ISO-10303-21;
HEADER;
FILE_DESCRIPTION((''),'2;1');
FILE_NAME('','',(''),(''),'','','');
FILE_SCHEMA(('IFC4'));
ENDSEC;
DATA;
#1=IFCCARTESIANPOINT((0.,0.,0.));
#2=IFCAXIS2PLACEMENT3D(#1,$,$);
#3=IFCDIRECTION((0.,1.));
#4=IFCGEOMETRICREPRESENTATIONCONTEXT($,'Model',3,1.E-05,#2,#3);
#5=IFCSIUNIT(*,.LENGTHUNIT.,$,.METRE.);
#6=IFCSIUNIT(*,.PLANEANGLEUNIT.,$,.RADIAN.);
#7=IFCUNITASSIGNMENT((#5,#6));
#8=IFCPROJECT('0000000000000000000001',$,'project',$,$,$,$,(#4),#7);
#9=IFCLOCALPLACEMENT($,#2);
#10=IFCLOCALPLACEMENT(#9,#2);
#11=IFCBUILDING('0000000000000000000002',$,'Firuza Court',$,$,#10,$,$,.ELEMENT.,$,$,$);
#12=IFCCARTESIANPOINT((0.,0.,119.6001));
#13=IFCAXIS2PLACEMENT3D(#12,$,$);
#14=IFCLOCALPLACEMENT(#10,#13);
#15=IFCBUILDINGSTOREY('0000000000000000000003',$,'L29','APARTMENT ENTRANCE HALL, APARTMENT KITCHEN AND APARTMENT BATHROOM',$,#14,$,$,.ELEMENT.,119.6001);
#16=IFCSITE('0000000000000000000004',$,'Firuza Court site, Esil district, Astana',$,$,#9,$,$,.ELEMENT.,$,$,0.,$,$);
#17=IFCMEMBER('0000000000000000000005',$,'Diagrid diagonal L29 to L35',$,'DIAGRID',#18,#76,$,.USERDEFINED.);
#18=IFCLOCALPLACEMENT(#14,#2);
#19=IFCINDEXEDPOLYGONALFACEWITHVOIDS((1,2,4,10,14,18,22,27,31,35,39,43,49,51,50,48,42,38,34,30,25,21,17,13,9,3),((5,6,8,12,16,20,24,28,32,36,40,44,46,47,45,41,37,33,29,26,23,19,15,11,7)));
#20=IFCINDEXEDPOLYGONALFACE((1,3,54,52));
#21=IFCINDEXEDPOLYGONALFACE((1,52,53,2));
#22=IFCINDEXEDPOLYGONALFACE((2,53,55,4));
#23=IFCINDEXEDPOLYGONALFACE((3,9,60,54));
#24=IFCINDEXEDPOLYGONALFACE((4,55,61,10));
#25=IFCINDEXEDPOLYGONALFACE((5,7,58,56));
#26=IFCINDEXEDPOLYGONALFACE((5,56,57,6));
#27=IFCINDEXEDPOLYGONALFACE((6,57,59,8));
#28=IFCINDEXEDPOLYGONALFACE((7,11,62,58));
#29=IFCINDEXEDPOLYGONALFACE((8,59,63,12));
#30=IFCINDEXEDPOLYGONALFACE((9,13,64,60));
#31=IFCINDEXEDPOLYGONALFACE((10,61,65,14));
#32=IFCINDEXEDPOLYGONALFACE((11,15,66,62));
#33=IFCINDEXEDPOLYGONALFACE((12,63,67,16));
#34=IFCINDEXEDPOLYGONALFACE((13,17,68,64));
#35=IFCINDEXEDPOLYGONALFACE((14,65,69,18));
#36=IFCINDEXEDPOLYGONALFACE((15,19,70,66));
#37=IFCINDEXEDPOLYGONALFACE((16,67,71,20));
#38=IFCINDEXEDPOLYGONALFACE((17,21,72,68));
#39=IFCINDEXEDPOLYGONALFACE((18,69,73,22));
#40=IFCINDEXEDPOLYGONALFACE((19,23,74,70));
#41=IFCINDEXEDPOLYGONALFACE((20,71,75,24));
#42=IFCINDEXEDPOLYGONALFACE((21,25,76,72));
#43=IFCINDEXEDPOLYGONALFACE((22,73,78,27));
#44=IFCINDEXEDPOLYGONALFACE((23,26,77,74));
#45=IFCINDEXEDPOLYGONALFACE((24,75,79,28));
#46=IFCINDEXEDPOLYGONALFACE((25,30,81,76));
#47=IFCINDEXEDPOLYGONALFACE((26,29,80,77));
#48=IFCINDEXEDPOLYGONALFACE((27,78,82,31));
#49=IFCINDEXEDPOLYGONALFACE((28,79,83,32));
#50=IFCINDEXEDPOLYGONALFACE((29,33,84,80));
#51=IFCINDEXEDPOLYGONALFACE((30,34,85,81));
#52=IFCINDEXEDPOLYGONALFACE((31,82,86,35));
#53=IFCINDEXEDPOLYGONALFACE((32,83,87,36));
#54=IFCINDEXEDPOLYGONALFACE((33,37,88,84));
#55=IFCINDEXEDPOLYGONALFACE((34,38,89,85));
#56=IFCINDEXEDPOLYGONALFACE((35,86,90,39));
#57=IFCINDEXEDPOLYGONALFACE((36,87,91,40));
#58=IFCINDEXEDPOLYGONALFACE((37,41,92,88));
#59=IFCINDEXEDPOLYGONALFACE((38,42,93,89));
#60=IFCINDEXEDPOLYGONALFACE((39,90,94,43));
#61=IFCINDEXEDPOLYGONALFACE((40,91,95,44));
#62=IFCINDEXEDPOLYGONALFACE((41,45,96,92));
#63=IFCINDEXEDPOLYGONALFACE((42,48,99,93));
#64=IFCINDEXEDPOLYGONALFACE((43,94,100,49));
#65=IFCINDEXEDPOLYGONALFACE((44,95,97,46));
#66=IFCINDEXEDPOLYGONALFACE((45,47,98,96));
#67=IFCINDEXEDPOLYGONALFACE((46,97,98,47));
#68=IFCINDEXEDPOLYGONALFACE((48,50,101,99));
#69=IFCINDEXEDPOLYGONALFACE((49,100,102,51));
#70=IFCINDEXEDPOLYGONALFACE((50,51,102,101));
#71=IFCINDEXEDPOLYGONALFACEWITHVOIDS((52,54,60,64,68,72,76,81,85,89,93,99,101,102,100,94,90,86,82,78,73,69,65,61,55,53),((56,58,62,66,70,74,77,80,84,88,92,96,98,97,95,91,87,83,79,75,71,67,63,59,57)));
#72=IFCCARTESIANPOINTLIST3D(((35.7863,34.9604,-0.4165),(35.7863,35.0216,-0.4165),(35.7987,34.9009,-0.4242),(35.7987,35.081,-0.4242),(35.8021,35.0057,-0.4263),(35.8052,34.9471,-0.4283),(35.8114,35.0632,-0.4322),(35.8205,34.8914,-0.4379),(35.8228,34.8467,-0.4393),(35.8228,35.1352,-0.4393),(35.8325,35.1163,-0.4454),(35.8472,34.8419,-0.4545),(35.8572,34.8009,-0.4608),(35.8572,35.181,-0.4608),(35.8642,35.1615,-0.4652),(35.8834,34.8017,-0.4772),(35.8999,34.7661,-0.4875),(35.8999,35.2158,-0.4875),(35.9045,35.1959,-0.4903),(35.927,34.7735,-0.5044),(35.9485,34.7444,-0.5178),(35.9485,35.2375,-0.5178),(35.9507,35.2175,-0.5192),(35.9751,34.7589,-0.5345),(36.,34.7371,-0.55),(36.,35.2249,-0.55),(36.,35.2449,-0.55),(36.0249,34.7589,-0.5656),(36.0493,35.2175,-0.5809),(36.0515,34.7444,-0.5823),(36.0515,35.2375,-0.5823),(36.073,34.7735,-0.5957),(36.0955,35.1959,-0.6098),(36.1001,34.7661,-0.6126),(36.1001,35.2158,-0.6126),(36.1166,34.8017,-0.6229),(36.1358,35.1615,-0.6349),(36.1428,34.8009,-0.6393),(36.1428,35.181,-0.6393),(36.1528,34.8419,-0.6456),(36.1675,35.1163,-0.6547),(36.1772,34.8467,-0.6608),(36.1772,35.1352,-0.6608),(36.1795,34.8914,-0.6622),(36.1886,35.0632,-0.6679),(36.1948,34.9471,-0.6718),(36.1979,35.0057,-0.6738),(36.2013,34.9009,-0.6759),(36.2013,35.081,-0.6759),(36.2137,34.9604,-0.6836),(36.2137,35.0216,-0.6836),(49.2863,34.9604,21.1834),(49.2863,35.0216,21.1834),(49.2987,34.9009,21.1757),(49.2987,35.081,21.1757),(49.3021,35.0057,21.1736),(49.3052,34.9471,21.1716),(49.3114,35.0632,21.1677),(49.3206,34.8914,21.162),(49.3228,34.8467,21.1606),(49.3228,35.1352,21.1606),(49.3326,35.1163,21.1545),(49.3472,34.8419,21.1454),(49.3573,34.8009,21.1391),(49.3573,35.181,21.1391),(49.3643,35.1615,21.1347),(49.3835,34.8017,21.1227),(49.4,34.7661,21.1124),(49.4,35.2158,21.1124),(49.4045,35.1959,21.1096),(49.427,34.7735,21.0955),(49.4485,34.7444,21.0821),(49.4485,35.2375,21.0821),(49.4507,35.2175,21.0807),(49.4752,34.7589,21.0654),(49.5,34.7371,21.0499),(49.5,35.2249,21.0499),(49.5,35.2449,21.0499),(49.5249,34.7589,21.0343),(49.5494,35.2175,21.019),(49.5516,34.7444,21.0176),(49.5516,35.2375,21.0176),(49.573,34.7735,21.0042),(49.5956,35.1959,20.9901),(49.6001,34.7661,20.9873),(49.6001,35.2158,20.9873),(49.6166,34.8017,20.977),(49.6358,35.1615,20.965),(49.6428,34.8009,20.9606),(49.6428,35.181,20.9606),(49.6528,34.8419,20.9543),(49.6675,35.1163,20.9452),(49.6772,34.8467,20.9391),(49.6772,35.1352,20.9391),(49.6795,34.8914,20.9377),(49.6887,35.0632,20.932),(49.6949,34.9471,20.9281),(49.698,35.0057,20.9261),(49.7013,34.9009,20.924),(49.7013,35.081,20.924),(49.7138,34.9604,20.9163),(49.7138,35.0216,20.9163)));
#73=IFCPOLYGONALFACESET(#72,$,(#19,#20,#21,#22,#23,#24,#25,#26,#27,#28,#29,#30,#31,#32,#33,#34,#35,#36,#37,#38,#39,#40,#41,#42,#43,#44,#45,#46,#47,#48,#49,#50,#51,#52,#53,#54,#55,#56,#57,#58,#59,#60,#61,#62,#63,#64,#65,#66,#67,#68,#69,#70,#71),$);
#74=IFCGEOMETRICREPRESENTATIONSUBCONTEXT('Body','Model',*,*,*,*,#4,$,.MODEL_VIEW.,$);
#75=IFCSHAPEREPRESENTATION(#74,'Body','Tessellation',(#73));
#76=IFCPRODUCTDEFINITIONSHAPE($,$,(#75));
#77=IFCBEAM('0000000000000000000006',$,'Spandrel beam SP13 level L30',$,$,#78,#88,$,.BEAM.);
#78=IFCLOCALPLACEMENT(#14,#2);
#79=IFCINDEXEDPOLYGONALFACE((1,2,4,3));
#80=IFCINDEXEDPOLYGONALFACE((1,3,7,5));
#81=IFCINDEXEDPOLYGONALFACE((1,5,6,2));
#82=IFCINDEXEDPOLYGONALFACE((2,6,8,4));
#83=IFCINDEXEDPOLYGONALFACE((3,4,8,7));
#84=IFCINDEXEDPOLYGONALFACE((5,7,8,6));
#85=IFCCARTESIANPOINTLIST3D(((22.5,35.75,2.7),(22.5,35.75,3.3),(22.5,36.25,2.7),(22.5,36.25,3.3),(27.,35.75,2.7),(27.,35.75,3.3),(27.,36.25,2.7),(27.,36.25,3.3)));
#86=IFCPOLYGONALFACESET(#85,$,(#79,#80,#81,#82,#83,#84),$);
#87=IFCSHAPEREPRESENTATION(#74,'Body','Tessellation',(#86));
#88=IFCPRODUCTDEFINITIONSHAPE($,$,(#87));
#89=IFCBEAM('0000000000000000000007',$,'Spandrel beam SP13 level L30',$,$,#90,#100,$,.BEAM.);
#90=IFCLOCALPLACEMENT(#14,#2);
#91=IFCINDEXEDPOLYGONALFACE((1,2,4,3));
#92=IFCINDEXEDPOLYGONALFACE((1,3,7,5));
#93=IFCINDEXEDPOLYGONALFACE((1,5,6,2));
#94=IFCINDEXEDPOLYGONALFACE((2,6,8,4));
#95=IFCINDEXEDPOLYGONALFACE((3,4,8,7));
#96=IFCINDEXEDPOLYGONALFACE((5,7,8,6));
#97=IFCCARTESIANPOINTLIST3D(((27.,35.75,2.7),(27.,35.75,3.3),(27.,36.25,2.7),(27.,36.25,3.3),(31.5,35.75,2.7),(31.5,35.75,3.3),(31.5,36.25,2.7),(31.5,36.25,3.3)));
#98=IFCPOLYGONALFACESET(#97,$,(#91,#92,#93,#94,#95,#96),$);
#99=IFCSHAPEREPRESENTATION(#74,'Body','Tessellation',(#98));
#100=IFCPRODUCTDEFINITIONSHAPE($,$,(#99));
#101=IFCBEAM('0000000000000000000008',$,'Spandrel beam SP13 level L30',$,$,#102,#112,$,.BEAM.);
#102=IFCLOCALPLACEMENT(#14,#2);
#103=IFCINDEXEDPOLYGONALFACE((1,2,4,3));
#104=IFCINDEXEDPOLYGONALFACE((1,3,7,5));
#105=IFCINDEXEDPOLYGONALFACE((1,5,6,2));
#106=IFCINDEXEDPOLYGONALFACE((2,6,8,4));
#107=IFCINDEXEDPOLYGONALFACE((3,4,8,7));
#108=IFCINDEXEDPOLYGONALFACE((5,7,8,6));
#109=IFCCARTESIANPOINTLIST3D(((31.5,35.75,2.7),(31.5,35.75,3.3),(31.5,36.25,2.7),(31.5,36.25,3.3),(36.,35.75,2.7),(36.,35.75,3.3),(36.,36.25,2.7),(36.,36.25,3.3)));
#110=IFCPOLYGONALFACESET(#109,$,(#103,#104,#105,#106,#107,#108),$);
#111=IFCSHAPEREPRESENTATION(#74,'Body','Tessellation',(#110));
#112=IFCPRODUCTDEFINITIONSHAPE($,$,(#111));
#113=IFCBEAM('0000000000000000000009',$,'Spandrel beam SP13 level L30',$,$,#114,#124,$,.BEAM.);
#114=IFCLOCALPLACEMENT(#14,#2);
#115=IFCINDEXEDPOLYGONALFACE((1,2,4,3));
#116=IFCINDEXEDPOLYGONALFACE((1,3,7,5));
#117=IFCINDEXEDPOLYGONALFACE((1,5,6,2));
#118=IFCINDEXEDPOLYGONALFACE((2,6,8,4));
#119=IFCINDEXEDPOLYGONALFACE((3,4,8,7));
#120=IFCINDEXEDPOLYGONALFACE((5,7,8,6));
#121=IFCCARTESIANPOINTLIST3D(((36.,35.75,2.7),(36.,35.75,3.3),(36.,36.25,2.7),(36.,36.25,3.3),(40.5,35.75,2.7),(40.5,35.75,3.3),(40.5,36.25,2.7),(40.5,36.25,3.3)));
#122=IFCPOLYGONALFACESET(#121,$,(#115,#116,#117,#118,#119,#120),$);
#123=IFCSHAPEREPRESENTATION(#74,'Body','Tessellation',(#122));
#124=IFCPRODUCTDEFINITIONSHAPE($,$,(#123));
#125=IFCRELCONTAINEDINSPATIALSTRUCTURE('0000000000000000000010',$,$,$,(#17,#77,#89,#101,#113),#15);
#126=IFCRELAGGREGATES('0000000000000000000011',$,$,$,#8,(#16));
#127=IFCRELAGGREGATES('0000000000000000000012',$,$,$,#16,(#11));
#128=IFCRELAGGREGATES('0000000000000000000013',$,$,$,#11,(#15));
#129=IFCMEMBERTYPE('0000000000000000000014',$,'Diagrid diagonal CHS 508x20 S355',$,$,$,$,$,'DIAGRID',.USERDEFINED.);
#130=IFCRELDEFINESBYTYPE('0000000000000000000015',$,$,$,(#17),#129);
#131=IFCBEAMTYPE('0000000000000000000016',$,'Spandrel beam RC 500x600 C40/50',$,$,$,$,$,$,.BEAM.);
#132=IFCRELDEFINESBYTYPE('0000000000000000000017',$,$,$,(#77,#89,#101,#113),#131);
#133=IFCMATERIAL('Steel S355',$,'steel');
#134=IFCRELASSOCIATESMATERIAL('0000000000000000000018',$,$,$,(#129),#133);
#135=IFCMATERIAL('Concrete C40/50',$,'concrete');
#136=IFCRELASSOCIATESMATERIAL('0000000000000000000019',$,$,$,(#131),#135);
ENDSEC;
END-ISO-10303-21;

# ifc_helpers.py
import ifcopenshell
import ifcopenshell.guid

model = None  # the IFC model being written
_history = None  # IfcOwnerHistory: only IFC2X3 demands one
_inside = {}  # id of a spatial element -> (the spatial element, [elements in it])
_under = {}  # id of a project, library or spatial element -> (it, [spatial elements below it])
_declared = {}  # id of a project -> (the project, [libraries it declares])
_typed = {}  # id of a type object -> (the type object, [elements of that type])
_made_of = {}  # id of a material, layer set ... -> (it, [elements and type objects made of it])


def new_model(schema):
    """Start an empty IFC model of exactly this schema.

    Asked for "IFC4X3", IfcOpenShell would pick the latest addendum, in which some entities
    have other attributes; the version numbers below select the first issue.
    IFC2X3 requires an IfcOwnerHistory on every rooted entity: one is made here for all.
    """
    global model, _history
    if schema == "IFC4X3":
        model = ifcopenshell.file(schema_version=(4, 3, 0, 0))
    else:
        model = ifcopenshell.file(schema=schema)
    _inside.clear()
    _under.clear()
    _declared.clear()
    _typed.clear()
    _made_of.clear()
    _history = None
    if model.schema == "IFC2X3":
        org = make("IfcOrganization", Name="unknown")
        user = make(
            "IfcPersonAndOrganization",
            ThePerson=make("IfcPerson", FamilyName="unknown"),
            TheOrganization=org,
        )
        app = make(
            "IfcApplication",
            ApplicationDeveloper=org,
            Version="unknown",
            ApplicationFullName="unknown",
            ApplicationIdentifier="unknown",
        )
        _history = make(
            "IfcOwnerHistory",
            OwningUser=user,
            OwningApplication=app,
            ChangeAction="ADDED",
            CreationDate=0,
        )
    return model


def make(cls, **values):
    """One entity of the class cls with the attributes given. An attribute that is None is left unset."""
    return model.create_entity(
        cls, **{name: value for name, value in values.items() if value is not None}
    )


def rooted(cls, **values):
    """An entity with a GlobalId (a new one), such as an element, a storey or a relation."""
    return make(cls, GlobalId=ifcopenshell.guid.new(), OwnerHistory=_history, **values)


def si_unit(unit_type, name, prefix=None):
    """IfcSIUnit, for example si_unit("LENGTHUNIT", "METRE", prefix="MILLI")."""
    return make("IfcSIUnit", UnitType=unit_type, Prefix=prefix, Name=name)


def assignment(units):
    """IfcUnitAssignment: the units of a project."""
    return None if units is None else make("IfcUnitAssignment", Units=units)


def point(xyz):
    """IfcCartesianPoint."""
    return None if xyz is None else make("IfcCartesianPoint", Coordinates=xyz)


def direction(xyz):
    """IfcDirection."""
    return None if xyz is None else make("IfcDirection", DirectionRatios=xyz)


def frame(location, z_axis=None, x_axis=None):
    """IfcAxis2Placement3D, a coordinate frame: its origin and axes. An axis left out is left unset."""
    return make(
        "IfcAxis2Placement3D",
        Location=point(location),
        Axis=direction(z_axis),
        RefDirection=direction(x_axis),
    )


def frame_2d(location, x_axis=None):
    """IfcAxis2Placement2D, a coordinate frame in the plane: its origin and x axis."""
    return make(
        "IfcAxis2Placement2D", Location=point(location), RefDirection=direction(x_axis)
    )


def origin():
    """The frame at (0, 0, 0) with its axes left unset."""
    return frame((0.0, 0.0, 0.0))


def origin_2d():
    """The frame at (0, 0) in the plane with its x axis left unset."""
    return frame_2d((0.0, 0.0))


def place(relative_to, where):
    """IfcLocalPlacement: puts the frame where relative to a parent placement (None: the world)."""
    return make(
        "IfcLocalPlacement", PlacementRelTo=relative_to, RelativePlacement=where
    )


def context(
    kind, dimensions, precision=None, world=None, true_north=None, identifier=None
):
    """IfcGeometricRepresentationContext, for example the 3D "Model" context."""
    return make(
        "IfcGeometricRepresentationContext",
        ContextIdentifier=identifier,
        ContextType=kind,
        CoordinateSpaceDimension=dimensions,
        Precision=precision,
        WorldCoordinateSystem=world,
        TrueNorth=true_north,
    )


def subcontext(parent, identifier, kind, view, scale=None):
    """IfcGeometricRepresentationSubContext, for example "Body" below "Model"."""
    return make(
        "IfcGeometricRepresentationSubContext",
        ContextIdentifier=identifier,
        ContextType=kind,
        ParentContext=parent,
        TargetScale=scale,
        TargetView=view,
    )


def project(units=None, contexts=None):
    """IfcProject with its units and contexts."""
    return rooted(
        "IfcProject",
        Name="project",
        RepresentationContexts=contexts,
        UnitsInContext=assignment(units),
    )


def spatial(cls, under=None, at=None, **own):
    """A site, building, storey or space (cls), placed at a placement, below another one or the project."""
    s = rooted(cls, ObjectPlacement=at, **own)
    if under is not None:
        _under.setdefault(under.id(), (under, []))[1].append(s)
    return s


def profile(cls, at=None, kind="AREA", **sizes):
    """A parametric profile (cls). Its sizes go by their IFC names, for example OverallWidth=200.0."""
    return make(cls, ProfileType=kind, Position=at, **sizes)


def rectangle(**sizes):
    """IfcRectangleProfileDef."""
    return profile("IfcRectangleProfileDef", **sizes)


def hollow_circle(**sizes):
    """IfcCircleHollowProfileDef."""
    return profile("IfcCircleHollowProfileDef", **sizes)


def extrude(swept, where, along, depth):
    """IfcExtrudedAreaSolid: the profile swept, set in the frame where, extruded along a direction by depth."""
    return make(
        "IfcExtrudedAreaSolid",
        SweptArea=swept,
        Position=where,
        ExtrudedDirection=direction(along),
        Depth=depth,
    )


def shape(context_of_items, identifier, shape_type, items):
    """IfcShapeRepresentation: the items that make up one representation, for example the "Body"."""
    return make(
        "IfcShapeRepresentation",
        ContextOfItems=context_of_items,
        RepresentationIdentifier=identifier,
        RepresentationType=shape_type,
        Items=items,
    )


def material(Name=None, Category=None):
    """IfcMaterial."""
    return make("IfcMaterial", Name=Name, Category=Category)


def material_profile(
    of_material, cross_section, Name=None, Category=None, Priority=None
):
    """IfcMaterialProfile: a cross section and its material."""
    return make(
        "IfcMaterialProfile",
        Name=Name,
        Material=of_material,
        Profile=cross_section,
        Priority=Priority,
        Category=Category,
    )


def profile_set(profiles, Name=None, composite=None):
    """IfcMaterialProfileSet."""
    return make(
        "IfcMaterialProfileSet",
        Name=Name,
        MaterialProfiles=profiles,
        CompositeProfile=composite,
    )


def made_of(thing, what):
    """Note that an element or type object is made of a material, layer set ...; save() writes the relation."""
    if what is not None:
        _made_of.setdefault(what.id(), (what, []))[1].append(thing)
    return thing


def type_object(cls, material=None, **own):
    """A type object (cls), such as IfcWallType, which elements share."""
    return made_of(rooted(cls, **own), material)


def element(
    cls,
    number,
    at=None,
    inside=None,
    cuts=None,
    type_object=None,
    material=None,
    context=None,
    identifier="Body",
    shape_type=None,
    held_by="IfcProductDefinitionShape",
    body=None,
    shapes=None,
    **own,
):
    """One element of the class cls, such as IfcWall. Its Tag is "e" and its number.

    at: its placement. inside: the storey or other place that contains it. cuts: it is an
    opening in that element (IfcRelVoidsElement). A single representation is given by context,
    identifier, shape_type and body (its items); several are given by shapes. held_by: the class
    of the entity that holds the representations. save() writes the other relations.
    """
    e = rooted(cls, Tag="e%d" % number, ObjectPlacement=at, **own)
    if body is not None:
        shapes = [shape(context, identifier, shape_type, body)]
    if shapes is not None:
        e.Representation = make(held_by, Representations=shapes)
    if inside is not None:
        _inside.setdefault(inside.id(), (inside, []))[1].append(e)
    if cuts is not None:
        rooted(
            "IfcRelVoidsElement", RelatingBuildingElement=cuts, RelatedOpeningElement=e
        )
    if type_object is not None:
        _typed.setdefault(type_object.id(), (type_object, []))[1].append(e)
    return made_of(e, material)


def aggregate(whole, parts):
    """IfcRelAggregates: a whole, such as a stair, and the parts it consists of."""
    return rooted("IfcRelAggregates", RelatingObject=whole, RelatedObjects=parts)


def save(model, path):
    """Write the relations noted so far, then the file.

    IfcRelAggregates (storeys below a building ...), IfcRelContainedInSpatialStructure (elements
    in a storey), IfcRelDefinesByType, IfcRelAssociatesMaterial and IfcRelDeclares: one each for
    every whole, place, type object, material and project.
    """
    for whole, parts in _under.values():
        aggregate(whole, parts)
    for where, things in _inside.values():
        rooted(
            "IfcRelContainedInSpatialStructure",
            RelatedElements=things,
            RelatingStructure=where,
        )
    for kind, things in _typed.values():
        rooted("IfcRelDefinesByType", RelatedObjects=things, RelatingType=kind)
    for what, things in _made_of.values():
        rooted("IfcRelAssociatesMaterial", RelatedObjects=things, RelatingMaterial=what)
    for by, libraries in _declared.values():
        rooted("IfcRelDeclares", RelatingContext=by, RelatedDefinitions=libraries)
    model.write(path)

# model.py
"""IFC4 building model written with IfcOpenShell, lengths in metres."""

from ifc_helpers import new_model, si_unit, direction, frame, origin, origin_2d, place, context, subcontext, project, spatial, rectangle, hollow_circle, extrude, material, material_profile, profile_set, type_object, element, save


model = new_model("IFC4")

# Units and contexts
model_context = context("Model", 3, precision=1e-05, world=origin(), true_north=direction((0.0, 1.0)))
body_context = subcontext(model_context, "Body", "Model", "MODEL_VIEW")
ifc_project = project(units=[si_unit("LENGTHUNIT", "METRE"), si_unit("PLANEANGLEUNIT", "RADIAN")], contexts=[model_context])

# Site, building, storey
site_placement = place(None, origin())
site = spatial("IfcSite", under=ifc_project, at=site_placement, Name="Firuza Court site, Esil district, Astana", CompositionType="ELEMENT", RefElevation=0.0)
building_placement = place(site_placement, origin())
building = spatial("IfcBuilding", under=site, at=building_placement, Name="Firuza Court", CompositionType="ELEMENT")
storey_placement = place(building_placement, frame((0.0, 0.0, 119.6001)))
storey = spatial("IfcBuildingStorey", under=building, at=storey_placement, Name="L29", Description="APARTMENT ENTRANCE HALL, APARTMENT KITCHEN AND APARTMENT BATHROOM", CompositionType="ELEMENT", Elevation=119.6001)

# Member
ifc_material_1 = material(Name="Steel S355", Category="steel")
ifc_material_profile_1 = material_profile(ifc_material_1, hollow_circle(Radius=0.2539, WallThickness=0.02, at=origin_2d()), Name="CHS 508x20")
ifc_profile_set_1 = profile_set([ifc_material_profile_1], Name="Steel S355")
member_type = type_object("IfcMemberType", Name="Diagrid diagonal CHS 508x20 S355", ElementType="DIAGRID", PredefinedType="USERDEFINED", material=ifc_profile_set_1)
member_1_placement = place(storey_placement, frame((36.0, 34.991, -0.55), z_axis=(0.530002, 0.0, 0.847997), x_axis=(0.0, 1.0, 0.0)))
element("IfcMember", 1, at=member_1_placement, inside=storey, type_object=member_type, Name="Diagrid diagonal L29 to L35", ObjectType="DIAGRID", PredefinedType="USERDEFINED", context=body_context, shape_type="SweptSolid", body=[
    extrude(hollow_circle(Radius=0.2539, WallThickness=0.02, at=origin_2d()), origin(), (0.0, 0.0, 1.0), 25.4717),
])

# Beams
ifc_material_2 = material(Name="Concrete C40/50", Category="concrete")
ifc_material_profile_2 = material_profile(ifc_material_2, rectangle(XDim=0.5, YDim=0.6001, at=origin_2d()), Name="RC 500x600")
ifc_profile_set_2 = profile_set([ifc_material_profile_2], Name="Concrete C40/50")
beam_type_1 = type_object("IfcBeamType", Name="Spandrel beam RC 500x600 C40/50", PredefinedType="BEAM", material=ifc_profile_set_2)
for number, where, z_axis, x_axis, name in (
    (2, (22.5, 36.0, 3.0), (1.0, 0.0, 0.0), (0.0, 1.0, 0.0), "Spandrel beam SP13 level L30"),
    (3, (27.0, 36.0, 3.0), (1.0, 0.0, 0.0), (0.0, 1.0, 0.0), "Spandrel beam SP13 level L30"),
    (4, (31.5, 36.0, 3.0), (1.0, 0.0, 0.0), (0.0, 1.0, 0.0), "Spandrel beam SP13 level L30"),
    (5, (36.0, 36.0, 3.0), (1.0, 0.0, 0.0), (0.0, 1.0, 0.0), "Spandrel beam SP13 level L30"),
):
    element("IfcBeam", number, at=place(storey_placement, frame(where, z_axis=z_axis, x_axis=x_axis)), inside=storey, type_object=beam_type_1, Name=name, PredefinedType="BEAM", context=body_context, shape_type="SweptSolid", body=[
        extrude(rectangle(XDim=0.5, YDim=0.6001, at=origin_2d()), origin(), (0.0, 0.0, 1.0), 4.5),
    ])

save(model, "model.ifc")
